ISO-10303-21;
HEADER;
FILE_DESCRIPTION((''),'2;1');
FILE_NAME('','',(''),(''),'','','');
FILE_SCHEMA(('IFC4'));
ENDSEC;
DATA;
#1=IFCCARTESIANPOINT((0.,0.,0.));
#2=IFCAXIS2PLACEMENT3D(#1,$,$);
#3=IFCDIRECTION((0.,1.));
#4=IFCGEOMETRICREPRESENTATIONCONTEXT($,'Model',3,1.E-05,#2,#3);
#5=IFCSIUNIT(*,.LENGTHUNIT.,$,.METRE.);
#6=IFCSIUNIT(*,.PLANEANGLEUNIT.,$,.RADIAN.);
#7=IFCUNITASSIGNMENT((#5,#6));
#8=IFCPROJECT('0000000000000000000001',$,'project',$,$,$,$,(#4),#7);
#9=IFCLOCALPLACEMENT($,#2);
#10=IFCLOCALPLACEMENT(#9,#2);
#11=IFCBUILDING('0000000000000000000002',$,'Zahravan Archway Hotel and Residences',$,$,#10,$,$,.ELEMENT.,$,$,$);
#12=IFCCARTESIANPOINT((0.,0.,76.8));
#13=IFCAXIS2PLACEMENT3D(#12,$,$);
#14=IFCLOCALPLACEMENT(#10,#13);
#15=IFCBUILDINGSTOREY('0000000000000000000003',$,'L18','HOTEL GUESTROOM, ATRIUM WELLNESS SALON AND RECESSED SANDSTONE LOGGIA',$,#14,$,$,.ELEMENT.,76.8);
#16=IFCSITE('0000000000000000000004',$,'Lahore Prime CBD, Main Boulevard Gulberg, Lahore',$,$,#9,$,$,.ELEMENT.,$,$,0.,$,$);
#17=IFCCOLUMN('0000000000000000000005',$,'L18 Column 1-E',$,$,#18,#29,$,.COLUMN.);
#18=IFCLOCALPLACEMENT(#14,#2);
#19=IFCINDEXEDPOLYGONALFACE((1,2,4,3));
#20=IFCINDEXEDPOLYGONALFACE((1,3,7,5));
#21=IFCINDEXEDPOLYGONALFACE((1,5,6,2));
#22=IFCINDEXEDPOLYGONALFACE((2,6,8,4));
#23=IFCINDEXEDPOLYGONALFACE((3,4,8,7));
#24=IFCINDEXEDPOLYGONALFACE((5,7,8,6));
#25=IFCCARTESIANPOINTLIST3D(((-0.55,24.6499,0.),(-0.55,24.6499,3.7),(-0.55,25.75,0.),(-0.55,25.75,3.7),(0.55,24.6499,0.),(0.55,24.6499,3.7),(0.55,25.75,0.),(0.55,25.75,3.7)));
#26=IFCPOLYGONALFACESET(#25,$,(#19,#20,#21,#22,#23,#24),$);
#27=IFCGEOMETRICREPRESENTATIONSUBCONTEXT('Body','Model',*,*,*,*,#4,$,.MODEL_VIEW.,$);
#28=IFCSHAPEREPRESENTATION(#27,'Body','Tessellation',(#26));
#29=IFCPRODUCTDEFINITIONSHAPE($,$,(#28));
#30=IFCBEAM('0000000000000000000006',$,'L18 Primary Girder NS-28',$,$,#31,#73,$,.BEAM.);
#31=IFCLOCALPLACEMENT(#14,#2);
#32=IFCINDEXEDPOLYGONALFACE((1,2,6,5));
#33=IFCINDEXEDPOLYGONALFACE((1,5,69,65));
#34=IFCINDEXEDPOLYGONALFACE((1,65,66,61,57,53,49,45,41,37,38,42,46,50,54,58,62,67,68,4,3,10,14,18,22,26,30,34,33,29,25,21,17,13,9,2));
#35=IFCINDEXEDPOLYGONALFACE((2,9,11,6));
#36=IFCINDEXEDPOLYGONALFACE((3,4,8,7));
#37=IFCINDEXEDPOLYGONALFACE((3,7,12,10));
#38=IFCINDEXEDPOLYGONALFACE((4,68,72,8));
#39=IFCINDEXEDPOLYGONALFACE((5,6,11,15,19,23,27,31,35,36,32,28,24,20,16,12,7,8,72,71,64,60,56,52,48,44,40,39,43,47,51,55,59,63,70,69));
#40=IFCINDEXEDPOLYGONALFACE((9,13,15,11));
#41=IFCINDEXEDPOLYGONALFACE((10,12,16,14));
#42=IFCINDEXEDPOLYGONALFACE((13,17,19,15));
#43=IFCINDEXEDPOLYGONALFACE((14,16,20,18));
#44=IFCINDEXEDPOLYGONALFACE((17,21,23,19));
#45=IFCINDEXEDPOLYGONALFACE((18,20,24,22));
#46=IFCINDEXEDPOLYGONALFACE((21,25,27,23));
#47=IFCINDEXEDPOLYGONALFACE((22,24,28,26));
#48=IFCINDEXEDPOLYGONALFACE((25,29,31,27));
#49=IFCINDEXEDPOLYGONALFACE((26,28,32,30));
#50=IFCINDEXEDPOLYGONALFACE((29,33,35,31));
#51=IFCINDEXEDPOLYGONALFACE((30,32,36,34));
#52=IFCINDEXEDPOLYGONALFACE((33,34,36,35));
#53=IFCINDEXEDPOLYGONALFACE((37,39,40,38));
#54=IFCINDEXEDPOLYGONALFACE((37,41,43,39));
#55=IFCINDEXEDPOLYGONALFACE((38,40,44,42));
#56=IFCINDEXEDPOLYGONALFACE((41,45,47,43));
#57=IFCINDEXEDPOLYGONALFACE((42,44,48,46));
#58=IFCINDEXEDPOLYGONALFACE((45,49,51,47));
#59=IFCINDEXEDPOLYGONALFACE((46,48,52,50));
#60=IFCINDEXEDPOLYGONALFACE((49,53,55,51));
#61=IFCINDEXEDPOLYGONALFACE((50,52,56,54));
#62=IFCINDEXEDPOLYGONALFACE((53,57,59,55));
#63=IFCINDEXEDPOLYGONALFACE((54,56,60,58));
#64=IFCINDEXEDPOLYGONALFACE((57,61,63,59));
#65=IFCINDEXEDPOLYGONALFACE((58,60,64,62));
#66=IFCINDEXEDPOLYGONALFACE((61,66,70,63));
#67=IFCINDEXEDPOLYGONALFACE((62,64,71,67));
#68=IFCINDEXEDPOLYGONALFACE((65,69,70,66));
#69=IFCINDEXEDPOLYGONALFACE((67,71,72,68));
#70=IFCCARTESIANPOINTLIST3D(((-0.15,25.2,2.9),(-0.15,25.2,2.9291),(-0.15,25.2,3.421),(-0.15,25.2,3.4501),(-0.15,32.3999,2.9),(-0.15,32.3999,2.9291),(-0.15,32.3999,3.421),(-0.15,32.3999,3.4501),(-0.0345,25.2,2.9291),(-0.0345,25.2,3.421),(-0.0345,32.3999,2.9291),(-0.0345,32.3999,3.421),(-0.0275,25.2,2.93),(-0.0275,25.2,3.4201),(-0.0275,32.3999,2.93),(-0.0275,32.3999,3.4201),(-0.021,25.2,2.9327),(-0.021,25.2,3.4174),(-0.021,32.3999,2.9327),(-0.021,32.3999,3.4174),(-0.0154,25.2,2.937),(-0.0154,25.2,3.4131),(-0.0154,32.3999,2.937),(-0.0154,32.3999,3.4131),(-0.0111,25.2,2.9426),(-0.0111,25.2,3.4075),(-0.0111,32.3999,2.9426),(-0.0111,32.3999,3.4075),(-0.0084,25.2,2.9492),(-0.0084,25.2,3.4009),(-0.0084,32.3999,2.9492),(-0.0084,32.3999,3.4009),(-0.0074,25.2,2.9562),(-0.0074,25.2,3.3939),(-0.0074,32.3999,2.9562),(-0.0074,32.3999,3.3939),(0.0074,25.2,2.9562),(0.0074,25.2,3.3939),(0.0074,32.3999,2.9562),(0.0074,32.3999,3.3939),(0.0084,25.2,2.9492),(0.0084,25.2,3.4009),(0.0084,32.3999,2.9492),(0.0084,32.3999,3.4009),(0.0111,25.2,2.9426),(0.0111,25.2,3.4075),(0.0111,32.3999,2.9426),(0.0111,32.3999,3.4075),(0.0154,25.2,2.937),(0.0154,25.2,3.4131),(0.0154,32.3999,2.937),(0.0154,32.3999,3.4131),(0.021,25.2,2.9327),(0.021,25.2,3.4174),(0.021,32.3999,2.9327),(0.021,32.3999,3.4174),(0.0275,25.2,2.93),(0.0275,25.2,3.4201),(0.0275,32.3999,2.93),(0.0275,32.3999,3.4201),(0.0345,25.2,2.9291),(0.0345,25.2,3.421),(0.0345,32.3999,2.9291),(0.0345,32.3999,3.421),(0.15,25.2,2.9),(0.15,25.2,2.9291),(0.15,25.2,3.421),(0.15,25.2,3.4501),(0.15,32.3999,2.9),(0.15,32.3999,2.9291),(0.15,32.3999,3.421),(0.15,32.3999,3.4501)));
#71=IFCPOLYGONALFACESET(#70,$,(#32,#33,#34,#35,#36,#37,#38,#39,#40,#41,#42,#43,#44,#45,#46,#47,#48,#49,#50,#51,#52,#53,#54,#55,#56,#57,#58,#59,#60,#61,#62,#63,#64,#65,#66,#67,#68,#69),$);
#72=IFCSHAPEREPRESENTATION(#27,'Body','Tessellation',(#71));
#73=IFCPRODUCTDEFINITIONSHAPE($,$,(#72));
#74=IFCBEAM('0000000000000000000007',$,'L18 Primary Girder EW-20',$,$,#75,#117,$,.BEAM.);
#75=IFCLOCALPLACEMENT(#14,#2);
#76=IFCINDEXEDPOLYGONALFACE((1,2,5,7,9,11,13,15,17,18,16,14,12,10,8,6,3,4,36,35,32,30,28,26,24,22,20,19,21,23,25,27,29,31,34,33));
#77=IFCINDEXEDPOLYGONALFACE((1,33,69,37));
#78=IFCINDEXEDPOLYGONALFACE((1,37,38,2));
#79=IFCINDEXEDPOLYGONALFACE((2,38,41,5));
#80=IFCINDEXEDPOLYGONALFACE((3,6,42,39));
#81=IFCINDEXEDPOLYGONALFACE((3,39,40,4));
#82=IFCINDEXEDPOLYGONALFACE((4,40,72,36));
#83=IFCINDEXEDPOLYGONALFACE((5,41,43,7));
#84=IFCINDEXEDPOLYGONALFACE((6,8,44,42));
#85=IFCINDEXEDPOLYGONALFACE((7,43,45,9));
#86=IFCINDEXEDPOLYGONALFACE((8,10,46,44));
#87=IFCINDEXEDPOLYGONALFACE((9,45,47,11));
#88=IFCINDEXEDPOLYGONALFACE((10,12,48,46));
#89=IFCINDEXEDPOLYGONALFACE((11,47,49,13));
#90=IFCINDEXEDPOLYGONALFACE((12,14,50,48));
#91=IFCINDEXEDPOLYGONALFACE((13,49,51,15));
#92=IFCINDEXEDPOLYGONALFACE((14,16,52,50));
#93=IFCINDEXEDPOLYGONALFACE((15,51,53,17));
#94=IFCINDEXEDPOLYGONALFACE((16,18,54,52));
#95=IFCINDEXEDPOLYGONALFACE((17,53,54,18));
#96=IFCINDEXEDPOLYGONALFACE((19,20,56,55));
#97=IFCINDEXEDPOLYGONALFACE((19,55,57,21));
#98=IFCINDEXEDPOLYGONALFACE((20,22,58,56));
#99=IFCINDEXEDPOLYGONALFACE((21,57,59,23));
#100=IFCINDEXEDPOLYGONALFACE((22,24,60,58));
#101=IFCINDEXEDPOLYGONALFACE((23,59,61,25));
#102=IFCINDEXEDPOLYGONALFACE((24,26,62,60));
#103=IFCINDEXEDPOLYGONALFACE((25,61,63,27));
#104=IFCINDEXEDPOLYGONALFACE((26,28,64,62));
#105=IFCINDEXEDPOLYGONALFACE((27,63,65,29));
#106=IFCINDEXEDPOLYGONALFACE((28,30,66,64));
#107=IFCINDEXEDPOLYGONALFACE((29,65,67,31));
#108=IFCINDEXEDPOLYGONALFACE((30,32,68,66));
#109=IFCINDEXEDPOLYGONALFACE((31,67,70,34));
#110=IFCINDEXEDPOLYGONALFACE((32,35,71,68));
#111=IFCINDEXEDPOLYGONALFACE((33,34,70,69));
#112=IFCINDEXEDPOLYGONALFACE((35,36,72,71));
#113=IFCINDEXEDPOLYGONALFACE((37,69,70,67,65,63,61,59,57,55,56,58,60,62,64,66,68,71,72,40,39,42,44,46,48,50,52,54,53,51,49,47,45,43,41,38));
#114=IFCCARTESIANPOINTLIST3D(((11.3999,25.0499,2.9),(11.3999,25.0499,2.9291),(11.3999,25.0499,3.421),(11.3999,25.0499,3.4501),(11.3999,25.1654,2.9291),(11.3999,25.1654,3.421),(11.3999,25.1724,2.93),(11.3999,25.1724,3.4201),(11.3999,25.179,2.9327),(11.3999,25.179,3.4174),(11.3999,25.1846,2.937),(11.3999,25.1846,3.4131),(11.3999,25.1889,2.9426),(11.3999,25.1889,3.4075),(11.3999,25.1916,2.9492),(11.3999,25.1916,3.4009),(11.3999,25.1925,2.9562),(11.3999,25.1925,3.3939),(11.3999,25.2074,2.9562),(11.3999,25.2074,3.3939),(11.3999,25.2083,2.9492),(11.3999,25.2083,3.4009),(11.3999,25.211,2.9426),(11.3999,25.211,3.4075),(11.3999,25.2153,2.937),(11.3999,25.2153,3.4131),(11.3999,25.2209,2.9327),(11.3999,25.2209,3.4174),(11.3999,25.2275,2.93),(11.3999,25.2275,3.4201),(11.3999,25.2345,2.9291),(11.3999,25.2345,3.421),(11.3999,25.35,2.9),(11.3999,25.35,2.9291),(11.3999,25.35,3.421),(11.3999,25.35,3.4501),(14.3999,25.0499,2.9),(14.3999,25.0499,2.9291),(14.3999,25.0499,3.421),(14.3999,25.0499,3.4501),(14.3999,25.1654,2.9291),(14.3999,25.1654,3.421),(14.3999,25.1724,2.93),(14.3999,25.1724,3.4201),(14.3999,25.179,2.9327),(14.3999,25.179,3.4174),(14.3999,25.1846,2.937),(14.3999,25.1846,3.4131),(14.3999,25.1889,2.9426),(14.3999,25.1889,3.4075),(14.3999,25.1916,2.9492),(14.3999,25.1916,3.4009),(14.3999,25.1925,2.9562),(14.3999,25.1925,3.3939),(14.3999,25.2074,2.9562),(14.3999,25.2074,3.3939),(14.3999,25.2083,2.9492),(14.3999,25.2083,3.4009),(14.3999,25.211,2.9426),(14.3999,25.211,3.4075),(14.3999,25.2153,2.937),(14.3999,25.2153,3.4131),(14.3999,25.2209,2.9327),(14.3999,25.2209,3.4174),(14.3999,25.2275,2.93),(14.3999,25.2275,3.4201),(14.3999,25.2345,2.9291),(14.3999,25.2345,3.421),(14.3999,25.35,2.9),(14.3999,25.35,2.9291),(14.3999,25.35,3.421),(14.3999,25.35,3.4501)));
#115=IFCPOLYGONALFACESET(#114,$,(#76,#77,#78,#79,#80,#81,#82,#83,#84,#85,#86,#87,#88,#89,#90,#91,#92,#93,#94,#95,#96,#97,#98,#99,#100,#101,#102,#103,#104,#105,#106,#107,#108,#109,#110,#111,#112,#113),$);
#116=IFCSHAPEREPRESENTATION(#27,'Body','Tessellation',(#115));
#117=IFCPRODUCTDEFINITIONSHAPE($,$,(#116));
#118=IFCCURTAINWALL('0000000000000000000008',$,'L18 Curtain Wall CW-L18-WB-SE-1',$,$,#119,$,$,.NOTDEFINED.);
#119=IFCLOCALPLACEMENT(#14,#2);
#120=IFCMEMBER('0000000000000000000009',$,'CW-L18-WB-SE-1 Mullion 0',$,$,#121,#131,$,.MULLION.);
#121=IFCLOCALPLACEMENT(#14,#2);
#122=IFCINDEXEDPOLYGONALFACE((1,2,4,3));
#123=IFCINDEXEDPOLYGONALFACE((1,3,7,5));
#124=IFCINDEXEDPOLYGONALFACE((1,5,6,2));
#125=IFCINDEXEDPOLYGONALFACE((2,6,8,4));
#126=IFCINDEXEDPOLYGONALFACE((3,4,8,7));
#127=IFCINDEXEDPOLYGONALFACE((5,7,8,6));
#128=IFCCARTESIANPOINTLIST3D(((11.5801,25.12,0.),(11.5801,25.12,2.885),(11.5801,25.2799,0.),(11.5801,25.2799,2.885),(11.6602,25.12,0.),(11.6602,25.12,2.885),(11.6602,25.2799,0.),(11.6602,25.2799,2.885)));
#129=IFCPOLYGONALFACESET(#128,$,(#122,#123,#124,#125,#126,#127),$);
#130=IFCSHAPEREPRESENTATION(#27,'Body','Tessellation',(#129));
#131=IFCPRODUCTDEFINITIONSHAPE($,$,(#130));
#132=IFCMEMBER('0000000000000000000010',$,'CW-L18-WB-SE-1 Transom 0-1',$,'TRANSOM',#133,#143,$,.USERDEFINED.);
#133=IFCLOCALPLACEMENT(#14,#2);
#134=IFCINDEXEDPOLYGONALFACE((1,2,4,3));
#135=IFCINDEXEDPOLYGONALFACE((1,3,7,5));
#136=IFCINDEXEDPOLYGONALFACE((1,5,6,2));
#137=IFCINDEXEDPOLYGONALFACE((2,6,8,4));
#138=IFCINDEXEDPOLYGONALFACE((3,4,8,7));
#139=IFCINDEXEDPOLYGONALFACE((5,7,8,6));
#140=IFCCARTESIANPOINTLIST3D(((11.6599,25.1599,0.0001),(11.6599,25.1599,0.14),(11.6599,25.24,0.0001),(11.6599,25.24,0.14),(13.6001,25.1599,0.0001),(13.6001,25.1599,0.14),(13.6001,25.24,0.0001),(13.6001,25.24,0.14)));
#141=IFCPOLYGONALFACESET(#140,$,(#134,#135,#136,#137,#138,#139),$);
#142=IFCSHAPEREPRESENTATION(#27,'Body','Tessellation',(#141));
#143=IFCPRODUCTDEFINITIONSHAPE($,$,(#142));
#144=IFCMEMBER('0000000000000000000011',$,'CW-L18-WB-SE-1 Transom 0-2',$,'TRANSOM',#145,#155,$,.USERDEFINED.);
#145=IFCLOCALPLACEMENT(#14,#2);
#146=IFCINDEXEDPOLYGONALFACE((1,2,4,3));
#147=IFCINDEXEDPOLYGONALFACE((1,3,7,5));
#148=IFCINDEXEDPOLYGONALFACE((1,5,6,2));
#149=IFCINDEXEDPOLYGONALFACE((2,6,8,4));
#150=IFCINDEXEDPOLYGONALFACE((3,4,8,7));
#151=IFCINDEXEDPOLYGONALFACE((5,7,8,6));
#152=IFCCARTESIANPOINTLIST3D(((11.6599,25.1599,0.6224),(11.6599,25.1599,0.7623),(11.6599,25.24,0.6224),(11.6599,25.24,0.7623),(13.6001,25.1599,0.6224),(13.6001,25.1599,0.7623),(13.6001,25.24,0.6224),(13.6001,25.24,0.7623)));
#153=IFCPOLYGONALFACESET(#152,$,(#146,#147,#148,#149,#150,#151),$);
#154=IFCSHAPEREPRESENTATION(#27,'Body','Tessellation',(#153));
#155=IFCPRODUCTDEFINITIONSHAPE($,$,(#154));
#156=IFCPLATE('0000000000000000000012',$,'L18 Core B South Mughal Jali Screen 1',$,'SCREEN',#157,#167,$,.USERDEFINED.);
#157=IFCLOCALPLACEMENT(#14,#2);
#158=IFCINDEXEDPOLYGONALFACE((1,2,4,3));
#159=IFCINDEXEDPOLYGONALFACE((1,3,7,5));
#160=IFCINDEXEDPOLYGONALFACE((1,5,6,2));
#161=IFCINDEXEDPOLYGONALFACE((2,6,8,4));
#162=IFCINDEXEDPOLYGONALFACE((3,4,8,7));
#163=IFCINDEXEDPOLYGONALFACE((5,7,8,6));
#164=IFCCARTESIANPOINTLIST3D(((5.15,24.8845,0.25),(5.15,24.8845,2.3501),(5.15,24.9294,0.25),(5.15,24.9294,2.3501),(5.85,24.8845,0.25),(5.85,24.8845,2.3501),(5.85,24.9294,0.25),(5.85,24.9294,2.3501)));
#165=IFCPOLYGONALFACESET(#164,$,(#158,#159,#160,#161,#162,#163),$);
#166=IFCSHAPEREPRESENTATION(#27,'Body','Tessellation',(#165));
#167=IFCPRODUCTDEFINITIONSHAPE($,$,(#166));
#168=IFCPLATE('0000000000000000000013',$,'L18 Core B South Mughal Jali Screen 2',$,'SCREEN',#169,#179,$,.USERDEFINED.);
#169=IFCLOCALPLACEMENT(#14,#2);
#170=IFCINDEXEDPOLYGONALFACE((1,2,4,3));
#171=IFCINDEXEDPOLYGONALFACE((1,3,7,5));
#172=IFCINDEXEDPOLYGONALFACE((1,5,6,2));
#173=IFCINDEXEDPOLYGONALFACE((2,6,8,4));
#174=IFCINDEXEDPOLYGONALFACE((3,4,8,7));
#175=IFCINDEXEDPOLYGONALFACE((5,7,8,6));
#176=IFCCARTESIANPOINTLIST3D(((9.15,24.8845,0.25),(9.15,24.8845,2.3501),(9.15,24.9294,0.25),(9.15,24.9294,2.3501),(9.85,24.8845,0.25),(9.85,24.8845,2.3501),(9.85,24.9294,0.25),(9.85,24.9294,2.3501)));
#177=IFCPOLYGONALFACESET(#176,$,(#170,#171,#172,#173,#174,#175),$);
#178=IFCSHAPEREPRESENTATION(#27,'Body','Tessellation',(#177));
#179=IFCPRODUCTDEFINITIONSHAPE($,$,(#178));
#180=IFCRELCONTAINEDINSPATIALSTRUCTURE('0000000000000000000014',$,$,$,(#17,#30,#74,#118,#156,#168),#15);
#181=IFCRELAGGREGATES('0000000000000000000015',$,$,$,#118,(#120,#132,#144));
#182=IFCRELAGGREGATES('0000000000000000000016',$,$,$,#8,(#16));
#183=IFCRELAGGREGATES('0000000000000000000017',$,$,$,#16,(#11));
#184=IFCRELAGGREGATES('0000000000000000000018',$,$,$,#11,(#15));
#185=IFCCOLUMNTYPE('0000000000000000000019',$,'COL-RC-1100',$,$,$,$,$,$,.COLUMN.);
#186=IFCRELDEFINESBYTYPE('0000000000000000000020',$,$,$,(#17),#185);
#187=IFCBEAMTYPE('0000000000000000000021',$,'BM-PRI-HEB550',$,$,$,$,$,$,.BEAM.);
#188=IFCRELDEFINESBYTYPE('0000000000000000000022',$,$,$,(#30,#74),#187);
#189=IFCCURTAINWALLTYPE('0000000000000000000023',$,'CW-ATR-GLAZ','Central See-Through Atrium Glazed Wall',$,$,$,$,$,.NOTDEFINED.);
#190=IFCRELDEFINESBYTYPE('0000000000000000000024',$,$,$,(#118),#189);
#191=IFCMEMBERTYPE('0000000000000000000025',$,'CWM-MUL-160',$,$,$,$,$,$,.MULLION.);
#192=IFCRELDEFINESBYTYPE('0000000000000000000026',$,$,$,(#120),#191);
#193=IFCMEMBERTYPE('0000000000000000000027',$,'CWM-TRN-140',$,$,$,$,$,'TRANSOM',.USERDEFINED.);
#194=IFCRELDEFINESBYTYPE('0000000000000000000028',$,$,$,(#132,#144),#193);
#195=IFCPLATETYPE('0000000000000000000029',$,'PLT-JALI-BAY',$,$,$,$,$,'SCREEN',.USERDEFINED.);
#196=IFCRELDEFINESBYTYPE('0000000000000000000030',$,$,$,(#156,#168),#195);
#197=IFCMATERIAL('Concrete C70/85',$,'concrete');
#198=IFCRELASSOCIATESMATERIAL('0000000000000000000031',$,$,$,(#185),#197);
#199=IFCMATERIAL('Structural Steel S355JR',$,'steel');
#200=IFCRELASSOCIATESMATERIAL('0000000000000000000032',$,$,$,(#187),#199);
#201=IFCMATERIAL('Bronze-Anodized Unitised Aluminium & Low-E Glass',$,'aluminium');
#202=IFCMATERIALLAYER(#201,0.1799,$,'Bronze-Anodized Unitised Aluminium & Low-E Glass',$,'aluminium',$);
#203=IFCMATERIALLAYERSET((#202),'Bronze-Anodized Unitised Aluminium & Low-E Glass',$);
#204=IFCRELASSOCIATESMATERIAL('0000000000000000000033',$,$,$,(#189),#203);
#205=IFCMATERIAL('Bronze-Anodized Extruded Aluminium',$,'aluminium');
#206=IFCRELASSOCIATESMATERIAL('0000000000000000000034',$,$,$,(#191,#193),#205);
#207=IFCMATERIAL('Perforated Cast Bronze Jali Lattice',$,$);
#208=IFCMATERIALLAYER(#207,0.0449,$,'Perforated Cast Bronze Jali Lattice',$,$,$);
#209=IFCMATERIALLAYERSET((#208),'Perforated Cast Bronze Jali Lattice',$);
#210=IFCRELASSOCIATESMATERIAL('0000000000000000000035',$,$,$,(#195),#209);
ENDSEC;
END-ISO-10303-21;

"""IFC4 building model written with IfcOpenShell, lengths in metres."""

from ifc_helpers import new_model, si_unit, direction, frame, origin, origin_2d, place, context, subcontext, project, spatial, rectangle, i_section, extrude, source, transform, mapped, material, layer, layer_set, material_profile, profile_set, type_object, type_shapes, element, aggregate, save


model = new_model("IFC4")

# Units and contexts
model_context = context("Model", 3, precision=1e-05, world=origin(), true_north=direction((0.0, 1.0)))
body_context = subcontext(model_context, "Body", "Model", "MODEL_VIEW")
ifc_project = project(units=[si_unit("LENGTHUNIT", "METRE"), si_unit("PLANEANGLEUNIT", "RADIAN")], contexts=[model_context])

# Site, building, storey
site_placement = place(None, origin())
site = spatial("IfcSite", under=ifc_project, at=site_placement, Name="Lahore Prime CBD, Main Boulevard Gulberg, Lahore", CompositionType="ELEMENT", RefElevation=0.0)
building_placement = place(site_placement, origin())
building = spatial("IfcBuilding", under=site, at=building_placement, Name="Zahravan Archway Hotel and Residences", CompositionType="ELEMENT")
storey_placement = place(building_placement, frame((0.0, 0.0, 76.8)))
storey = spatial("IfcBuildingStorey", under=building, at=storey_placement, Name="L18", Description="HOTEL GUESTROOM, ATRIUM WELLNESS SALON AND RECESSED SANDSTONE LOGGIA", CompositionType="ELEMENT", Elevation=76.8)

# Column
ifc_material_1 = material(Name="Concrete C70/85", Category="concrete")
ifc_material_profile_1 = material_profile(ifc_material_1, rectangle(XDim=1.1001, YDim=1.1001, at=origin_2d()), Name="RC 1100x1100", Category="concrete")
ifc_profile_set_1 = profile_set([ifc_material_profile_1], Name="Concrete C70/85")
column_type = type_object("IfcColumnType", Name="COL-RC-1100", PredefinedType="COLUMN", material=ifc_profile_set_1)
shared_shape_1 = source(origin(), body_context, "Body", "SweptSolid", [
    extrude(rectangle(XDim=1.1001, YDim=1.1001, at=origin_2d()), origin(), (0.0, 0.0, 1.0), 3.7),
])
column_placement = place(storey_placement, frame((0.0, 25.2, 0.0), z_axis=(0.0, 0.0, 1.0), x_axis=(1.0, 0.0, 0.0)))
element("IfcColumn", 1, at=column_placement, inside=storey, type_object=column_type, Name="L18 Column 1-E", PredefinedType="COLUMN", context=body_context, shape_type="MappedRepresentation", body=[
    mapped(shared_shape_1, transform((0.0, 0.0, 0.0), scale=1.0)),
])

# Beams
ifc_material_2 = material(Name="Structural Steel S355JR", Category="steel")
ifc_material_profile_2 = material_profile(ifc_material_2, i_section(OverallWidth=0.3, OverallDepth=0.55, WebThickness=0.0149, FlangeThickness=0.0291, FilletRadius=0.0271, at=origin_2d()), Name="HEB 550", Category="steel")
ifc_profile_set_2 = profile_set([ifc_material_profile_2], Name="Structural Steel S355JR")
beam_type = type_object("IfcBeamType", Name="BM-PRI-HEB550", PredefinedType="BEAM", material=ifc_profile_set_2)
shared_shape_2 = source(origin(), body_context, "Body", "SweptSolid", [
    extrude(i_section(OverallWidth=0.3, OverallDepth=0.55, WebThickness=0.0149, FlangeThickness=0.0291, FilletRadius=0.0271, at=origin_2d()), origin(), (0.0, 0.0, 1.0), 7.2),
])
beam_1_placement = place(storey_placement, frame((0.0, 25.2, 3.175), z_axis=(0.0, 1.0, 0.0), x_axis=(-1.0, 0.0, 0.0)))
element("IfcBeam", 2, at=beam_1_placement, inside=storey, type_object=beam_type, Name="L18 Primary Girder NS-28", PredefinedType="BEAM", context=body_context, shape_type="MappedRepresentation", body=[
    mapped(shared_shape_2, transform((0.0, 0.0, 0.0), scale=1.0)),
])
shared_shape_3 = source(origin(), body_context, "Body", "SweptSolid", [
    extrude(i_section(OverallWidth=0.3, OverallDepth=0.55, WebThickness=0.0149, FlangeThickness=0.0291, FilletRadius=0.0271, at=origin_2d()), origin(), (0.0, 0.0, 1.0), 3.0),
])
beam_2_placement = place(storey_placement, frame((11.3999, 25.2, 3.175), z_axis=(1.0, 0.0, 0.0), x_axis=(0.0, 1.0, 0.0)))
element("IfcBeam", 3, at=beam_2_placement, inside=storey, type_object=beam_type, Name="L18 Primary Girder EW-20", PredefinedType="BEAM", context=body_context, shape_type="MappedRepresentation", body=[
    mapped(shared_shape_3, transform((0.0, 0.0, 0.0), scale=1.0)),
])

# Curtain wall, members
ifc_material_3 = material(Name="Bronze-Anodized Unitised Aluminium & Low-E Glass", Category="aluminium")
ifc_layer_1 = layer(ifc_material_3, 0.1799, Name="Bronze-Anodized Unitised Aluminium & Low-E Glass", Category="aluminium")
ifc_layer_set_1 = layer_set([ifc_layer_1], Name="Bronze-Anodized Unitised Aluminium & Low-E Glass")
curtain_wall_type = type_object("IfcCurtainWallType", Name="CW-ATR-GLAZ", Description="Central See-Through Atrium Glazed Wall", PredefinedType="NOTDEFINED", material=ifc_layer_set_1)
curtain_wall_placement = place(storey_placement, origin())
curtain_wall = element("IfcCurtainWall", 4, at=curtain_wall_placement, inside=storey, type_object=curtain_wall_type, Name="L18 Curtain Wall CW-L18-WB-SE-1", PredefinedType="NOTDEFINED")
ifc_material_4 = material(Name="Bronze-Anodized Extruded Aluminium", Category="aluminium")
ifc_material_profile_3 = material_profile(ifc_material_4, rectangle(XDim=0.0801, YDim=0.1599, at=origin_2d()), Name="MUL 80x160", Category="aluminium")
ifc_profile_set_3 = profile_set([ifc_material_profile_3], Name="Bronze-Anodized Extruded Aluminium")
member_type_1 = type_object("IfcMemberType", Name="CWM-MUL-160", PredefinedType="MULLION", material=ifc_profile_set_3)
shared_shape_4 = source(origin(), body_context, "Body", "SweptSolid", [
    extrude(rectangle(XDim=0.0801, YDim=0.1599, at=origin_2d()), origin(), (0.0, 0.0, 1.0), 2.885),
])
member_1_placement = place(storey_placement, frame((11.6201, 25.2, 0.0), z_axis=(0.0, 0.0, 1.0), x_axis=(1.0, 0.0, 0.0)))
member_1 = element("IfcMember", 5, at=member_1_placement, type_object=member_type_1, Name="CW-L18-WB-SE-1 Mullion 0", PredefinedType="MULLION", context=body_context, shape_type="MappedRepresentation", body=[
    mapped(shared_shape_4, transform((0.0, 0.0, 0.0), scale=1.0)),
])
ifc_material_profile_4 = material_profile(ifc_material_4, rectangle(XDim=0.0801, YDim=0.1399, at=origin_2d()), Name="TRN 80x140", Category="aluminium")
ifc_profile_set_4 = profile_set([ifc_material_profile_4], Name="Bronze-Anodized Extruded Aluminium")
member_type_2 = type_object("IfcMemberType", Name="CWM-TRN-140", ElementType="TRANSOM", PredefinedType="USERDEFINED", material=ifc_profile_set_4)
shared_shape_5 = source(origin(), body_context, "Body", "SweptSolid", [
    extrude(rectangle(XDim=0.0801, YDim=0.1399, at=origin_2d()), origin(), (0.0, 0.0, 1.0), 1.9402),
])
member_2_placement = place(storey_placement, frame((11.6599, 25.2, 0.0701), z_axis=(1.0, 0.0, 0.0), x_axis=(0.0, 1.0, 0.0)))
member_2 = element("IfcMember", 6, at=member_2_placement, type_object=member_type_2, Name="CW-L18-WB-SE-1 Transom 0-1", ObjectType="TRANSOM", PredefinedType="USERDEFINED", context=body_context, shape_type="MappedRepresentation", body=[
    mapped(shared_shape_5, transform((0.0, 0.0, 0.0), scale=1.0)),
])
member_3_placement = place(storey_placement, frame((11.6599, 25.2, 0.6924), z_axis=(1.0, 0.0, 0.0), x_axis=(0.0, 1.0, 0.0)))
member_3 = element("IfcMember", 7, at=member_3_placement, type_object=member_type_2, Name="CW-L18-WB-SE-1 Transom 0-2", ObjectType="TRANSOM", PredefinedType="USERDEFINED", context=body_context, shape_type="MappedRepresentation", body=[
    mapped(shared_shape_5, transform((0.0, 0.0, 0.0), scale=1.0)),
])
aggregate(curtain_wall, [member_1, member_2, member_3])

# Plates
ifc_material_5 = material(Name="Perforated Cast Bronze Jali Lattice")
ifc_layer_2 = layer(ifc_material_5, 0.0449, Name="Perforated Cast Bronze Jali Lattice")
ifc_layer_set_2 = layer_set([ifc_layer_2], Name="Perforated Cast Bronze Jali Lattice")
plate_type = type_object("IfcPlateType", Name="PLT-JALI-BAY", ElementType="SCREEN", PredefinedType="USERDEFINED", material=ifc_layer_set_2)
shared_shape_6 = source(origin(), body_context, "Body", "SweptSolid", [
    extrude(rectangle(XDim=0.7, YDim=0.0449, at=origin_2d()), origin(), (0.0, 0.0, 1.0), 2.1001),
])
type_shapes(plate_type, [shared_shape_6])
for number, where, z_axis, x_axis, name in (
    (8, (5.5, 24.907, 0.25), (0.0, 0.0, 1.0), (1.0, 0.0, 0.0), "L18 Core B South Mughal Jali Screen 1"),
    (9, (9.5, 24.907, 0.25), (0.0, 0.0, 1.0), (1.0, 0.0, 0.0), "L18 Core B South Mughal Jali Screen 2"),
):
    element("IfcPlate", number, at=place(storey_placement, frame(where, z_axis=z_axis, x_axis=x_axis)), inside=storey, type_object=plate_type, Name=name, ObjectType="SCREEN", PredefinedType="USERDEFINED", context=body_context, shape_type="MappedRepresentation", body=[
        mapped(shared_shape_6, transform((0.0, 0.0, 0.0), scale=1.0)),
    ])

save(model, "model.ifc")
